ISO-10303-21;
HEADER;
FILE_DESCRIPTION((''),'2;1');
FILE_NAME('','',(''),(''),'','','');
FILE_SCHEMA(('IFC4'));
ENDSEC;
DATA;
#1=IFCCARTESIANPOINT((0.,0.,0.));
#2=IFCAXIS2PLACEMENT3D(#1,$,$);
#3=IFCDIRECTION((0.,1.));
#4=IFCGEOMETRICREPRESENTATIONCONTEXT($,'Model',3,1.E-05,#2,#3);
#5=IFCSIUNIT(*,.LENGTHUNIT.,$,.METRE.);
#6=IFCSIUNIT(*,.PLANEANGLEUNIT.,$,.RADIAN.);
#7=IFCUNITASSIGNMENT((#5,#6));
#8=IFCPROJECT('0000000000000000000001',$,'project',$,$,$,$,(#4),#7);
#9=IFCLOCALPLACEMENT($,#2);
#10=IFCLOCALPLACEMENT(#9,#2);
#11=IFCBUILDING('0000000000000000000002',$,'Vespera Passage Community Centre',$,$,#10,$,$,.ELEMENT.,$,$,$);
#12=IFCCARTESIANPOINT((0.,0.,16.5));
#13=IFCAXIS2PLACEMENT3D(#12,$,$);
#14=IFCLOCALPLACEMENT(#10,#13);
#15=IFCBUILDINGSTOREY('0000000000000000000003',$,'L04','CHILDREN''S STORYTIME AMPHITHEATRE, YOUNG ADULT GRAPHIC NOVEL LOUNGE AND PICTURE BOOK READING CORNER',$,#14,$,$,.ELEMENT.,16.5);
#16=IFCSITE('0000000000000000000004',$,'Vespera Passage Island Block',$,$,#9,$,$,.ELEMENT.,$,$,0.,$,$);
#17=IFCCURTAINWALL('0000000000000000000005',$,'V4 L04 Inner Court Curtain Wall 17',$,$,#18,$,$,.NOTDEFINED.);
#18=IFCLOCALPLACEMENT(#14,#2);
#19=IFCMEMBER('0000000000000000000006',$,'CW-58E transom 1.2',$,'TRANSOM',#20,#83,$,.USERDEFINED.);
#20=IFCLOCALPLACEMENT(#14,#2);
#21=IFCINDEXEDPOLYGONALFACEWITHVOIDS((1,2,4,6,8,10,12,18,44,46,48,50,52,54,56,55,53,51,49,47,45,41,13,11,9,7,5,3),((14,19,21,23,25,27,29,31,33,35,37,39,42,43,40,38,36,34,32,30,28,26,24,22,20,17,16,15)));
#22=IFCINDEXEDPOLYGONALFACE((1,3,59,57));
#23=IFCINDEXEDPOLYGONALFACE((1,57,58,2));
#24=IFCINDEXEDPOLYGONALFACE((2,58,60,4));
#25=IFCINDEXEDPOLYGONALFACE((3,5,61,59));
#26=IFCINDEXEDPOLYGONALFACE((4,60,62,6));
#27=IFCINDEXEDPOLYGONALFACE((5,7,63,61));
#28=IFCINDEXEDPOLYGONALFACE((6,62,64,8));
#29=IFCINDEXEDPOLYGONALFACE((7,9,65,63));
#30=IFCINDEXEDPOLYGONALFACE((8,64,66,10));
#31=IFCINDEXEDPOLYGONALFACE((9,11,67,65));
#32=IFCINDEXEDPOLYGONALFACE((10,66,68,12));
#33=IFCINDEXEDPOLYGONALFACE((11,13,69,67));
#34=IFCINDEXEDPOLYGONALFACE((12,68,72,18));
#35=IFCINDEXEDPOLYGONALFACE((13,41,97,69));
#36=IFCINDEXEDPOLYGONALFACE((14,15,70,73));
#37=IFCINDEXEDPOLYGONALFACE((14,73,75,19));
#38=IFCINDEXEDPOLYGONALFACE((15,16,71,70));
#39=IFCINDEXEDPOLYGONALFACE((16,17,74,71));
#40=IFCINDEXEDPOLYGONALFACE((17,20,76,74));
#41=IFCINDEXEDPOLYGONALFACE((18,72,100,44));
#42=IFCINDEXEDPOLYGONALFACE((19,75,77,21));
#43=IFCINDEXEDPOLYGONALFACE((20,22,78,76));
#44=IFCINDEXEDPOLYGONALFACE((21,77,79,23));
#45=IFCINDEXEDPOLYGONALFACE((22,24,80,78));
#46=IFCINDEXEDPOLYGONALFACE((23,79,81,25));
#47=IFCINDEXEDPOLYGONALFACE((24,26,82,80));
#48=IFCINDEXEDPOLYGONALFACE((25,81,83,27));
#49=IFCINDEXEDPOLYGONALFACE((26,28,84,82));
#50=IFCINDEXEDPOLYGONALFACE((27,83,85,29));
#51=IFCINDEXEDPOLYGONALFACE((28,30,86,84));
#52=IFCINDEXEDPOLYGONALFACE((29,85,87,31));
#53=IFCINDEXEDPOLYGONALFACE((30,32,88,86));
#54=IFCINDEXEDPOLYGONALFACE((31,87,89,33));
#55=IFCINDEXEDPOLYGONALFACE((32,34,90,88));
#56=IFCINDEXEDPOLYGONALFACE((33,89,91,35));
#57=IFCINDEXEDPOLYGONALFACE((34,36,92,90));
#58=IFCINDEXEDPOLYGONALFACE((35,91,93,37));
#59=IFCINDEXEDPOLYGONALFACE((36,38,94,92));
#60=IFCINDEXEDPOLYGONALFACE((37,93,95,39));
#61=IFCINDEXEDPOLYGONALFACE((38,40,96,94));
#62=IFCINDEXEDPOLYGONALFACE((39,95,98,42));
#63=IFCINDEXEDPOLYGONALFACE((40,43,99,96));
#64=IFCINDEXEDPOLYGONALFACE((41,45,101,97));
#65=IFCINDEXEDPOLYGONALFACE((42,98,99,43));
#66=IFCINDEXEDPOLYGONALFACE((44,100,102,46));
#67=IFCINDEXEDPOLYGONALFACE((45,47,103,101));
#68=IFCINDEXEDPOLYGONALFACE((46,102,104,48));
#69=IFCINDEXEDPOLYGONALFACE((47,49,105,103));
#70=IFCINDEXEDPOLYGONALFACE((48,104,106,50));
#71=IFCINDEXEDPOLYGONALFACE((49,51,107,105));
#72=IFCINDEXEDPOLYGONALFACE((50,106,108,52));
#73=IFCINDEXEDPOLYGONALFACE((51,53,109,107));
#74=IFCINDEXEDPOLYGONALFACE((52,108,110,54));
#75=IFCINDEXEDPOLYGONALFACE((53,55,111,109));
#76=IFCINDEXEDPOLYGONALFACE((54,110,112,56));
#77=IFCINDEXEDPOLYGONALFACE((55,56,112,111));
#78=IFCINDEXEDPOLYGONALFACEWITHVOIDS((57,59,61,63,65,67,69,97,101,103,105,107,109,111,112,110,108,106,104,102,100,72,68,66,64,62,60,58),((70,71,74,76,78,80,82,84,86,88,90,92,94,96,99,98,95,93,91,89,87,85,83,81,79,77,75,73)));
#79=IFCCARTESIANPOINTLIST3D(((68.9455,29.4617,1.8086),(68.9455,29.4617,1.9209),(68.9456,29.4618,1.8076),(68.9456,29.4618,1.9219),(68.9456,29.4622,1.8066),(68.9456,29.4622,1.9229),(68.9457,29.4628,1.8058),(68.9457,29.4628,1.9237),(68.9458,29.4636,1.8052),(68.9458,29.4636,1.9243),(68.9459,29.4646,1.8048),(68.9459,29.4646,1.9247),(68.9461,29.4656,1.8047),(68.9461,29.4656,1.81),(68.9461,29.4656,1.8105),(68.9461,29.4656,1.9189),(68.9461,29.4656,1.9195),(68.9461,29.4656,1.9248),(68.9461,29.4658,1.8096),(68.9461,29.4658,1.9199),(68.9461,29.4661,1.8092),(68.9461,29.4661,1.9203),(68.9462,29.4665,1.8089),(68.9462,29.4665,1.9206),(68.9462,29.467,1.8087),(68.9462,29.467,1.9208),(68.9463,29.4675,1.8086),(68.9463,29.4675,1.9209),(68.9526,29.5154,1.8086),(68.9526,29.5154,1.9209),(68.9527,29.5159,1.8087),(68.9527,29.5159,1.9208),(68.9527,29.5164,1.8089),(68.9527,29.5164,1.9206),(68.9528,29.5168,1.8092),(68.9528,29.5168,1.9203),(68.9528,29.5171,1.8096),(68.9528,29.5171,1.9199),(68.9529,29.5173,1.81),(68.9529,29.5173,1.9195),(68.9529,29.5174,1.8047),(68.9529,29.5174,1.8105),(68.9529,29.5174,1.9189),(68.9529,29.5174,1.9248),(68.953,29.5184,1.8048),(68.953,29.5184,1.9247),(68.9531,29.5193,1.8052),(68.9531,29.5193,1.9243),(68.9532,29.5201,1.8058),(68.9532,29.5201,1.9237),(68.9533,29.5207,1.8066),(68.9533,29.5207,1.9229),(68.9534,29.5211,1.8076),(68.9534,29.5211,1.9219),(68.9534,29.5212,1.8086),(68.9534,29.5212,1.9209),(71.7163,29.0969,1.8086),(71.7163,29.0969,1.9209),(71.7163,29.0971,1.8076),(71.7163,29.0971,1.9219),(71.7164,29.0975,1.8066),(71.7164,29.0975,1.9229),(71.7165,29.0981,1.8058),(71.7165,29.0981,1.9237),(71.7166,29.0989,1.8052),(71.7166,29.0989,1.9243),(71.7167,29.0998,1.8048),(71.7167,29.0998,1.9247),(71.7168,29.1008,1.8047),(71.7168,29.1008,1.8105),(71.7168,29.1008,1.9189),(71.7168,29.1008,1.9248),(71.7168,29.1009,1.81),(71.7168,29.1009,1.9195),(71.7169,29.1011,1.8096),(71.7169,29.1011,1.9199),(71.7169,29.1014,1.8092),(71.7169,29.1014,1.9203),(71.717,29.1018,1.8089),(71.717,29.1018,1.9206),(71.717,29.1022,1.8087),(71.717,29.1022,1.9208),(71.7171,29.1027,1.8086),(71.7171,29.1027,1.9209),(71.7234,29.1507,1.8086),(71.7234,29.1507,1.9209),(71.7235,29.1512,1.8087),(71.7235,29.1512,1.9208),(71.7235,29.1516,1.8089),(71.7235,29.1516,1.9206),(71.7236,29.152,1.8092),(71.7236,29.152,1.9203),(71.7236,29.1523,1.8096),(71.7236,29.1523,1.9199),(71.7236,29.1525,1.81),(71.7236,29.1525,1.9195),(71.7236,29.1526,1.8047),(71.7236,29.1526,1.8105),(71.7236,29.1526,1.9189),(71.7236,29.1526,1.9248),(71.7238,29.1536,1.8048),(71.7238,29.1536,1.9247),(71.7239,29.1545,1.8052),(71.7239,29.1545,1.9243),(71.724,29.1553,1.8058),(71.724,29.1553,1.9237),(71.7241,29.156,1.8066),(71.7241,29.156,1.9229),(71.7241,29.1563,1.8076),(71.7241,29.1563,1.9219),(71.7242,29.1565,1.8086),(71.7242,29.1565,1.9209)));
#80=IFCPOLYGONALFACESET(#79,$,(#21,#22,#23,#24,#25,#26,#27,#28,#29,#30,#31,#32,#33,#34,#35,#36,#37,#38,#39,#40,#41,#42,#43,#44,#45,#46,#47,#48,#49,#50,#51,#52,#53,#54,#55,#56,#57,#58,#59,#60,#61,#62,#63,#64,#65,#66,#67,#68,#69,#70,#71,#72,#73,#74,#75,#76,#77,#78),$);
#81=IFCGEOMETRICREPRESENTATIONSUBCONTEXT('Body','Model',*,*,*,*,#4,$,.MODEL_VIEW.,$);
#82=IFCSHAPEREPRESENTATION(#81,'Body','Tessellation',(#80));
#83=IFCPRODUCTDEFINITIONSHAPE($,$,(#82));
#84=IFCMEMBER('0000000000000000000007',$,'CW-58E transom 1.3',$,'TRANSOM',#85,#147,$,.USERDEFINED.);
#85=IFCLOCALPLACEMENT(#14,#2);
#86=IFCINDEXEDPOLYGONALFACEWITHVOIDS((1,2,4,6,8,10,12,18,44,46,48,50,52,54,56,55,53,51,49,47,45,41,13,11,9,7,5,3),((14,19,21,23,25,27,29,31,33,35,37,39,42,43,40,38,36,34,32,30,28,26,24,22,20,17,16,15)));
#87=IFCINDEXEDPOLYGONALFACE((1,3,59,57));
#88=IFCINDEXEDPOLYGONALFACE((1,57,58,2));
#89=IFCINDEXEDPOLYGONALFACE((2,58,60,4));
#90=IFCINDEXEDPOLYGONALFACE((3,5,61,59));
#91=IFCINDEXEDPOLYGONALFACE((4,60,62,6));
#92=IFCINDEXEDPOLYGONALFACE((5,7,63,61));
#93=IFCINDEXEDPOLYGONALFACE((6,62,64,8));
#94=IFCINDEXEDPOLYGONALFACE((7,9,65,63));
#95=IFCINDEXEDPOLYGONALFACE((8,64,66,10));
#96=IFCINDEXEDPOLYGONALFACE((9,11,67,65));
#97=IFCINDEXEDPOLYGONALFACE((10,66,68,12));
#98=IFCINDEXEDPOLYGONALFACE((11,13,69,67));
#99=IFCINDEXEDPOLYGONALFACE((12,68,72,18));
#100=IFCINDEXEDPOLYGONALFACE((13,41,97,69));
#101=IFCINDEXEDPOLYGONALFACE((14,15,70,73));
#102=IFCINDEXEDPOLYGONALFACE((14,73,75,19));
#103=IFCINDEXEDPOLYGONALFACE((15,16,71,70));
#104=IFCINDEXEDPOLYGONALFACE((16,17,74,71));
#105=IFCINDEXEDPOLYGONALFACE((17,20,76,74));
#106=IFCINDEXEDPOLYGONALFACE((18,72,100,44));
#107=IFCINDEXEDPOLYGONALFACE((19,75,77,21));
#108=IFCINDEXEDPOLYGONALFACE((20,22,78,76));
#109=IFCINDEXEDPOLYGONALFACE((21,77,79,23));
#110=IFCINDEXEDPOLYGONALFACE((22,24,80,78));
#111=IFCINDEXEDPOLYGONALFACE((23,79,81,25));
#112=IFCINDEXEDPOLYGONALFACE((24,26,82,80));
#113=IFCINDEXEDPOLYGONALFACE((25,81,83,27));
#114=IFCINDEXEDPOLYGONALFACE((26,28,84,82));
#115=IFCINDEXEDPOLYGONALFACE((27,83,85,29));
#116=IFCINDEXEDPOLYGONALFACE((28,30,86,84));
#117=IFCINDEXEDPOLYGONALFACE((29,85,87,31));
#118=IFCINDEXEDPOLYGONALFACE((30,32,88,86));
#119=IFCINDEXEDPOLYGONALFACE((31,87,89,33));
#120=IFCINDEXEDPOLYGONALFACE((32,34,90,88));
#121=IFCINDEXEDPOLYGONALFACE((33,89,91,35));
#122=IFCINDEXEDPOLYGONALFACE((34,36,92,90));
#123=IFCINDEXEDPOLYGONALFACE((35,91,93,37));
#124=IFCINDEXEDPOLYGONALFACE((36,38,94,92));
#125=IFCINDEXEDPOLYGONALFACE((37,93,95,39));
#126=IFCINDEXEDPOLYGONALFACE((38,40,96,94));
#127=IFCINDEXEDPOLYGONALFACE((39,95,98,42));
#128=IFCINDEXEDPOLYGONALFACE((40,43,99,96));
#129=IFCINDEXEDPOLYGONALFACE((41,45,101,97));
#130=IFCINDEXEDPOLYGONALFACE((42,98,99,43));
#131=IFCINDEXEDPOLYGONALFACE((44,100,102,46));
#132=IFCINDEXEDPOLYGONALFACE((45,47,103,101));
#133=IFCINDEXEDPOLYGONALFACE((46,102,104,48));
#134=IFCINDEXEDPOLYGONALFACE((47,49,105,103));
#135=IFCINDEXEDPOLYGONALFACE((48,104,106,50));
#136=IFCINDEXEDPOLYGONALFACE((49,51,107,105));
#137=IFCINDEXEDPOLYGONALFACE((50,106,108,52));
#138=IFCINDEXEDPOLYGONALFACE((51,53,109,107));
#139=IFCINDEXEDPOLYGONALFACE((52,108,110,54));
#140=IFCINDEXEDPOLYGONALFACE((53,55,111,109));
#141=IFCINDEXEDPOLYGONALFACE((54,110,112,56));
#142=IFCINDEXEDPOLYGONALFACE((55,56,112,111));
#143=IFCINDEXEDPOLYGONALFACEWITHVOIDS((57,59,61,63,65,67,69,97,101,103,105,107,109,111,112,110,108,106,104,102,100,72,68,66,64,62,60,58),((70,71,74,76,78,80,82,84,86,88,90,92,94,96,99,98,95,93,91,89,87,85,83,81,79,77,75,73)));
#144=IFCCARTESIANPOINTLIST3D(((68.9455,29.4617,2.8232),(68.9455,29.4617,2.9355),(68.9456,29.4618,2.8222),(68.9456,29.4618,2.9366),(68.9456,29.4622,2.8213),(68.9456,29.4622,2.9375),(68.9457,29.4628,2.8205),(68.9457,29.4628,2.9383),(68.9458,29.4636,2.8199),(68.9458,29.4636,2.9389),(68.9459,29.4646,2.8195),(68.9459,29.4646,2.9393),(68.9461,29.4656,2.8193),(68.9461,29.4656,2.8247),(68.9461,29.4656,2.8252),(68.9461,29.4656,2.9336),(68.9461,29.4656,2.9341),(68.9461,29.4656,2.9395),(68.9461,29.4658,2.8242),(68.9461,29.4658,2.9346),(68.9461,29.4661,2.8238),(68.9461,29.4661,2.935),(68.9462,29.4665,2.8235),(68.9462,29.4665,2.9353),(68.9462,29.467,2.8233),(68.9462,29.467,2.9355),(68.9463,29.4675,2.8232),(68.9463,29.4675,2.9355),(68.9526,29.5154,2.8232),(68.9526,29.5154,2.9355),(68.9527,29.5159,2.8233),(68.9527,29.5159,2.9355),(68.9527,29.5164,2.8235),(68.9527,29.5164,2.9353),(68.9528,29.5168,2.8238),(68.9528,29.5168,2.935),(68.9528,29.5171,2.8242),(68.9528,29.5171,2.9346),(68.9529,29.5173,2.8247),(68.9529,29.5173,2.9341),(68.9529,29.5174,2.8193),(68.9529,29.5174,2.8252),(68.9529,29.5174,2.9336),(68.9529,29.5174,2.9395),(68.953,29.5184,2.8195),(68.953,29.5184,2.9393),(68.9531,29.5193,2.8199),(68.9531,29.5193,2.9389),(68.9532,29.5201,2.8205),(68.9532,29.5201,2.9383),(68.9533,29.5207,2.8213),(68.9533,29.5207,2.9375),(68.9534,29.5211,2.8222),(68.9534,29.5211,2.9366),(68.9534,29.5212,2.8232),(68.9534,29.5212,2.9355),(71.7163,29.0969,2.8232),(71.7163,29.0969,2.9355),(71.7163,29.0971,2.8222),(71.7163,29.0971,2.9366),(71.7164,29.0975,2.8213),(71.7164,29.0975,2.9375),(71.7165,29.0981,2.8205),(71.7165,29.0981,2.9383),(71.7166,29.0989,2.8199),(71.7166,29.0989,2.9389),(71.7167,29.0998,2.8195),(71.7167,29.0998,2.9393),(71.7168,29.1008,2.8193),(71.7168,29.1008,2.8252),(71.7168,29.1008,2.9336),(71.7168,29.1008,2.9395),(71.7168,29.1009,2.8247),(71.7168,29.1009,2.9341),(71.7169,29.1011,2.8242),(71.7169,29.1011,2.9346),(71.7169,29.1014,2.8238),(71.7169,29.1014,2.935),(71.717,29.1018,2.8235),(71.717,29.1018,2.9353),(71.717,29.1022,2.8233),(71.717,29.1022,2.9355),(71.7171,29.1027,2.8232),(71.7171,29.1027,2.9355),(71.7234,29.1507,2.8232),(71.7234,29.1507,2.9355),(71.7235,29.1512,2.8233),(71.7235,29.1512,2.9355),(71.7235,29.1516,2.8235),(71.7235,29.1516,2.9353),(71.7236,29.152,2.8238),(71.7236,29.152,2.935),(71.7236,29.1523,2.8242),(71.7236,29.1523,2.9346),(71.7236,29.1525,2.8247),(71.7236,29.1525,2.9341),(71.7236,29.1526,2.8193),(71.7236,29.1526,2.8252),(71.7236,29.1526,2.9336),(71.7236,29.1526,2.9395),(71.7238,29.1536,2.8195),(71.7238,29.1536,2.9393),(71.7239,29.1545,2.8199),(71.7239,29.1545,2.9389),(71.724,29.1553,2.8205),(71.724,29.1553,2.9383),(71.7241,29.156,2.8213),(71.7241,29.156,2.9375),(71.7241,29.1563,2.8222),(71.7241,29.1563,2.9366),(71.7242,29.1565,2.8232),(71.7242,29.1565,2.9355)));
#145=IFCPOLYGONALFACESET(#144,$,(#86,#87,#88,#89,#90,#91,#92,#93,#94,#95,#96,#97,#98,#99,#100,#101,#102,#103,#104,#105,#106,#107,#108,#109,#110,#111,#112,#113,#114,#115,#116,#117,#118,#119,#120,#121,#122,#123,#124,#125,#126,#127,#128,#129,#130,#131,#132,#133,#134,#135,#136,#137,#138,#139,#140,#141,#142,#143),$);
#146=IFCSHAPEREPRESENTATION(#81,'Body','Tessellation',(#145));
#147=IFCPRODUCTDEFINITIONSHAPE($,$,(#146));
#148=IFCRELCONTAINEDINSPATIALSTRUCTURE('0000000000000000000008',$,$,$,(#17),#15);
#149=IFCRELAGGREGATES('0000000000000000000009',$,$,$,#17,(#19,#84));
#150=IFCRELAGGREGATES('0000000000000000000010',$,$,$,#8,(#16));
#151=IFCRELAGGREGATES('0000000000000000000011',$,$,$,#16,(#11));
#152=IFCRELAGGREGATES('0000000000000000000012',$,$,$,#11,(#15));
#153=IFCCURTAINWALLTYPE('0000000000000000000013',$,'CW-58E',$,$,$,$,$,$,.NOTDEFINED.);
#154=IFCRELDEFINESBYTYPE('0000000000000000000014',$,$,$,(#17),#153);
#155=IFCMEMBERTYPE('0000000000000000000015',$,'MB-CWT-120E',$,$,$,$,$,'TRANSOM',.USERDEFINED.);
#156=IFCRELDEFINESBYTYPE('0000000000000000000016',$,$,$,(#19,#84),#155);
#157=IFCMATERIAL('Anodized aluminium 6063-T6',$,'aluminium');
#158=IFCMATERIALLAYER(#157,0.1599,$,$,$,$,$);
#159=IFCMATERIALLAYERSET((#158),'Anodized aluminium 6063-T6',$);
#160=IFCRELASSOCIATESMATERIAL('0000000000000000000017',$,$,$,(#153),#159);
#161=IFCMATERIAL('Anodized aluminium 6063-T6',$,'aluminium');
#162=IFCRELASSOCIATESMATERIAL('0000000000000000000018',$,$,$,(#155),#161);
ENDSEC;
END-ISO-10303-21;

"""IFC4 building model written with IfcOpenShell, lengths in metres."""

from ifc_helpers import new_model, si_unit, direction, frame, origin, origin_2d, place, context, subcontext, project, spatial, hollow_rectangle, extrude, material, layer, layer_set, material_profile, profile_set, type_object, element, aggregate, save


model = new_model("IFC4")

# Units and contexts
model_context = context("Model", 3, precision=1e-05, world=origin(), true_north=direction((0.0, 1.0)))
body_context = subcontext(model_context, "Body", "Model", "MODEL_VIEW")
ifc_project = project(units=[si_unit("LENGTHUNIT", "METRE"), si_unit("PLANEANGLEUNIT", "RADIAN")], contexts=[model_context])

# Site, building, storey
site_placement = place(None, origin())
site = spatial("IfcSite", under=ifc_project, at=site_placement, Name="Vespera Passage Island Block", CompositionType="ELEMENT", RefElevation=0.0)
building_placement = place(site_placement, origin())
building = spatial("IfcBuilding", under=site, at=building_placement, Name="Vespera Passage Community Centre", CompositionType="ELEMENT")
storey_placement = place(building_placement, frame((0.0, 0.0, 16.5)))
storey = spatial("IfcBuildingStorey", under=building, at=storey_placement, Name="L04", Description="CHILDREN'S STORYTIME AMPHITHEATRE, YOUNG ADULT GRAPHIC NOVEL LOUNGE AND PICTURE BOOK READING CORNER", CompositionType="ELEMENT", Elevation=16.5)

# Curtain wall
ifc_material_1 = material(Name="Anodized aluminium 6063-T6", Category="aluminium")
ifc_layer_1 = layer(ifc_material_1, 0.1599)
ifc_layer_set_1 = layer_set([ifc_layer_1], Name="Anodized aluminium 6063-T6")
curtain_wall_type_1 = type_object("IfcCurtainWallType", Name="CW-58E", PredefinedType="NOTDEFINED", material=ifc_layer_set_1)
curtain_wall_1_placement = place(storey_placement, origin())
curtain_wall_1 = element("IfcCurtainWall", 1, at=curtain_wall_1_placement, inside=storey, type_object=curtain_wall_type_1, Name="V4 L04 Inner Court Curtain Wall 17", PredefinedType="NOTDEFINED")

# Members
ifc_material_2 = material(Name="Anodized aluminium 6063-T6", Category="aluminium")
ifc_material_profile_1 = material_profile(ifc_material_2, hollow_rectangle(XDim=0.0601, YDim=0.1201, WallThickness=0.0039, InnerFilletRadius=0.002, OuterFilletRadius=0.0039, at=origin_2d()), Name="ALU120X60X4")
ifc_profile_set_1 = profile_set([ifc_material_profile_1], Name="Anodized aluminium 6063-T6")
member_type_1 = type_object("IfcMemberType", Name="MB-CWT-120E", ElementType="TRANSOM", PredefinedType="USERDEFINED", material=ifc_profile_set_1)
member_1_placement = place(storey_placement, frame((68.9495, 29.4915, 1.8647), z_axis=(0.991446, -0.130516, 0.0), x_axis=(0.130516, 0.991446, 0.0)))
member_1 = element("IfcMember", 2, at=member_1_placement, type_object=member_type_1, Name="CW-58E transom 1.2", ObjectType="TRANSOM", PredefinedType="USERDEFINED", context=body_context, shape_type="SweptSolid", body=[
    extrude(hollow_rectangle(XDim=0.0601, YDim=0.1201, WallThickness=0.0039, InnerFilletRadius=0.002, OuterFilletRadius=0.0039, at=origin_2d()), origin(), (0.0, 0.0, 1.0), 2.7947),
])
member_2_placement = place(storey_placement, frame((68.9495, 29.4915, 2.8794), z_axis=(0.991446, -0.130516, 0.0), x_axis=(0.130516, 0.991446, 0.0)))
member_2 = element("IfcMember", 3, at=member_2_placement, type_object=member_type_1, Name="CW-58E transom 1.3", ObjectType="TRANSOM", PredefinedType="USERDEFINED", context=body_context, shape_type="SweptSolid", body=[
    extrude(hollow_rectangle(XDim=0.0601, YDim=0.1201, WallThickness=0.0039, InnerFilletRadius=0.002, OuterFilletRadius=0.0039, at=origin_2d()), origin(), (0.0, 0.0, 1.0), 2.7947),
])

aggregate(curtain_wall_1, [member_1, member_2])

save(model, "model.ifc")
